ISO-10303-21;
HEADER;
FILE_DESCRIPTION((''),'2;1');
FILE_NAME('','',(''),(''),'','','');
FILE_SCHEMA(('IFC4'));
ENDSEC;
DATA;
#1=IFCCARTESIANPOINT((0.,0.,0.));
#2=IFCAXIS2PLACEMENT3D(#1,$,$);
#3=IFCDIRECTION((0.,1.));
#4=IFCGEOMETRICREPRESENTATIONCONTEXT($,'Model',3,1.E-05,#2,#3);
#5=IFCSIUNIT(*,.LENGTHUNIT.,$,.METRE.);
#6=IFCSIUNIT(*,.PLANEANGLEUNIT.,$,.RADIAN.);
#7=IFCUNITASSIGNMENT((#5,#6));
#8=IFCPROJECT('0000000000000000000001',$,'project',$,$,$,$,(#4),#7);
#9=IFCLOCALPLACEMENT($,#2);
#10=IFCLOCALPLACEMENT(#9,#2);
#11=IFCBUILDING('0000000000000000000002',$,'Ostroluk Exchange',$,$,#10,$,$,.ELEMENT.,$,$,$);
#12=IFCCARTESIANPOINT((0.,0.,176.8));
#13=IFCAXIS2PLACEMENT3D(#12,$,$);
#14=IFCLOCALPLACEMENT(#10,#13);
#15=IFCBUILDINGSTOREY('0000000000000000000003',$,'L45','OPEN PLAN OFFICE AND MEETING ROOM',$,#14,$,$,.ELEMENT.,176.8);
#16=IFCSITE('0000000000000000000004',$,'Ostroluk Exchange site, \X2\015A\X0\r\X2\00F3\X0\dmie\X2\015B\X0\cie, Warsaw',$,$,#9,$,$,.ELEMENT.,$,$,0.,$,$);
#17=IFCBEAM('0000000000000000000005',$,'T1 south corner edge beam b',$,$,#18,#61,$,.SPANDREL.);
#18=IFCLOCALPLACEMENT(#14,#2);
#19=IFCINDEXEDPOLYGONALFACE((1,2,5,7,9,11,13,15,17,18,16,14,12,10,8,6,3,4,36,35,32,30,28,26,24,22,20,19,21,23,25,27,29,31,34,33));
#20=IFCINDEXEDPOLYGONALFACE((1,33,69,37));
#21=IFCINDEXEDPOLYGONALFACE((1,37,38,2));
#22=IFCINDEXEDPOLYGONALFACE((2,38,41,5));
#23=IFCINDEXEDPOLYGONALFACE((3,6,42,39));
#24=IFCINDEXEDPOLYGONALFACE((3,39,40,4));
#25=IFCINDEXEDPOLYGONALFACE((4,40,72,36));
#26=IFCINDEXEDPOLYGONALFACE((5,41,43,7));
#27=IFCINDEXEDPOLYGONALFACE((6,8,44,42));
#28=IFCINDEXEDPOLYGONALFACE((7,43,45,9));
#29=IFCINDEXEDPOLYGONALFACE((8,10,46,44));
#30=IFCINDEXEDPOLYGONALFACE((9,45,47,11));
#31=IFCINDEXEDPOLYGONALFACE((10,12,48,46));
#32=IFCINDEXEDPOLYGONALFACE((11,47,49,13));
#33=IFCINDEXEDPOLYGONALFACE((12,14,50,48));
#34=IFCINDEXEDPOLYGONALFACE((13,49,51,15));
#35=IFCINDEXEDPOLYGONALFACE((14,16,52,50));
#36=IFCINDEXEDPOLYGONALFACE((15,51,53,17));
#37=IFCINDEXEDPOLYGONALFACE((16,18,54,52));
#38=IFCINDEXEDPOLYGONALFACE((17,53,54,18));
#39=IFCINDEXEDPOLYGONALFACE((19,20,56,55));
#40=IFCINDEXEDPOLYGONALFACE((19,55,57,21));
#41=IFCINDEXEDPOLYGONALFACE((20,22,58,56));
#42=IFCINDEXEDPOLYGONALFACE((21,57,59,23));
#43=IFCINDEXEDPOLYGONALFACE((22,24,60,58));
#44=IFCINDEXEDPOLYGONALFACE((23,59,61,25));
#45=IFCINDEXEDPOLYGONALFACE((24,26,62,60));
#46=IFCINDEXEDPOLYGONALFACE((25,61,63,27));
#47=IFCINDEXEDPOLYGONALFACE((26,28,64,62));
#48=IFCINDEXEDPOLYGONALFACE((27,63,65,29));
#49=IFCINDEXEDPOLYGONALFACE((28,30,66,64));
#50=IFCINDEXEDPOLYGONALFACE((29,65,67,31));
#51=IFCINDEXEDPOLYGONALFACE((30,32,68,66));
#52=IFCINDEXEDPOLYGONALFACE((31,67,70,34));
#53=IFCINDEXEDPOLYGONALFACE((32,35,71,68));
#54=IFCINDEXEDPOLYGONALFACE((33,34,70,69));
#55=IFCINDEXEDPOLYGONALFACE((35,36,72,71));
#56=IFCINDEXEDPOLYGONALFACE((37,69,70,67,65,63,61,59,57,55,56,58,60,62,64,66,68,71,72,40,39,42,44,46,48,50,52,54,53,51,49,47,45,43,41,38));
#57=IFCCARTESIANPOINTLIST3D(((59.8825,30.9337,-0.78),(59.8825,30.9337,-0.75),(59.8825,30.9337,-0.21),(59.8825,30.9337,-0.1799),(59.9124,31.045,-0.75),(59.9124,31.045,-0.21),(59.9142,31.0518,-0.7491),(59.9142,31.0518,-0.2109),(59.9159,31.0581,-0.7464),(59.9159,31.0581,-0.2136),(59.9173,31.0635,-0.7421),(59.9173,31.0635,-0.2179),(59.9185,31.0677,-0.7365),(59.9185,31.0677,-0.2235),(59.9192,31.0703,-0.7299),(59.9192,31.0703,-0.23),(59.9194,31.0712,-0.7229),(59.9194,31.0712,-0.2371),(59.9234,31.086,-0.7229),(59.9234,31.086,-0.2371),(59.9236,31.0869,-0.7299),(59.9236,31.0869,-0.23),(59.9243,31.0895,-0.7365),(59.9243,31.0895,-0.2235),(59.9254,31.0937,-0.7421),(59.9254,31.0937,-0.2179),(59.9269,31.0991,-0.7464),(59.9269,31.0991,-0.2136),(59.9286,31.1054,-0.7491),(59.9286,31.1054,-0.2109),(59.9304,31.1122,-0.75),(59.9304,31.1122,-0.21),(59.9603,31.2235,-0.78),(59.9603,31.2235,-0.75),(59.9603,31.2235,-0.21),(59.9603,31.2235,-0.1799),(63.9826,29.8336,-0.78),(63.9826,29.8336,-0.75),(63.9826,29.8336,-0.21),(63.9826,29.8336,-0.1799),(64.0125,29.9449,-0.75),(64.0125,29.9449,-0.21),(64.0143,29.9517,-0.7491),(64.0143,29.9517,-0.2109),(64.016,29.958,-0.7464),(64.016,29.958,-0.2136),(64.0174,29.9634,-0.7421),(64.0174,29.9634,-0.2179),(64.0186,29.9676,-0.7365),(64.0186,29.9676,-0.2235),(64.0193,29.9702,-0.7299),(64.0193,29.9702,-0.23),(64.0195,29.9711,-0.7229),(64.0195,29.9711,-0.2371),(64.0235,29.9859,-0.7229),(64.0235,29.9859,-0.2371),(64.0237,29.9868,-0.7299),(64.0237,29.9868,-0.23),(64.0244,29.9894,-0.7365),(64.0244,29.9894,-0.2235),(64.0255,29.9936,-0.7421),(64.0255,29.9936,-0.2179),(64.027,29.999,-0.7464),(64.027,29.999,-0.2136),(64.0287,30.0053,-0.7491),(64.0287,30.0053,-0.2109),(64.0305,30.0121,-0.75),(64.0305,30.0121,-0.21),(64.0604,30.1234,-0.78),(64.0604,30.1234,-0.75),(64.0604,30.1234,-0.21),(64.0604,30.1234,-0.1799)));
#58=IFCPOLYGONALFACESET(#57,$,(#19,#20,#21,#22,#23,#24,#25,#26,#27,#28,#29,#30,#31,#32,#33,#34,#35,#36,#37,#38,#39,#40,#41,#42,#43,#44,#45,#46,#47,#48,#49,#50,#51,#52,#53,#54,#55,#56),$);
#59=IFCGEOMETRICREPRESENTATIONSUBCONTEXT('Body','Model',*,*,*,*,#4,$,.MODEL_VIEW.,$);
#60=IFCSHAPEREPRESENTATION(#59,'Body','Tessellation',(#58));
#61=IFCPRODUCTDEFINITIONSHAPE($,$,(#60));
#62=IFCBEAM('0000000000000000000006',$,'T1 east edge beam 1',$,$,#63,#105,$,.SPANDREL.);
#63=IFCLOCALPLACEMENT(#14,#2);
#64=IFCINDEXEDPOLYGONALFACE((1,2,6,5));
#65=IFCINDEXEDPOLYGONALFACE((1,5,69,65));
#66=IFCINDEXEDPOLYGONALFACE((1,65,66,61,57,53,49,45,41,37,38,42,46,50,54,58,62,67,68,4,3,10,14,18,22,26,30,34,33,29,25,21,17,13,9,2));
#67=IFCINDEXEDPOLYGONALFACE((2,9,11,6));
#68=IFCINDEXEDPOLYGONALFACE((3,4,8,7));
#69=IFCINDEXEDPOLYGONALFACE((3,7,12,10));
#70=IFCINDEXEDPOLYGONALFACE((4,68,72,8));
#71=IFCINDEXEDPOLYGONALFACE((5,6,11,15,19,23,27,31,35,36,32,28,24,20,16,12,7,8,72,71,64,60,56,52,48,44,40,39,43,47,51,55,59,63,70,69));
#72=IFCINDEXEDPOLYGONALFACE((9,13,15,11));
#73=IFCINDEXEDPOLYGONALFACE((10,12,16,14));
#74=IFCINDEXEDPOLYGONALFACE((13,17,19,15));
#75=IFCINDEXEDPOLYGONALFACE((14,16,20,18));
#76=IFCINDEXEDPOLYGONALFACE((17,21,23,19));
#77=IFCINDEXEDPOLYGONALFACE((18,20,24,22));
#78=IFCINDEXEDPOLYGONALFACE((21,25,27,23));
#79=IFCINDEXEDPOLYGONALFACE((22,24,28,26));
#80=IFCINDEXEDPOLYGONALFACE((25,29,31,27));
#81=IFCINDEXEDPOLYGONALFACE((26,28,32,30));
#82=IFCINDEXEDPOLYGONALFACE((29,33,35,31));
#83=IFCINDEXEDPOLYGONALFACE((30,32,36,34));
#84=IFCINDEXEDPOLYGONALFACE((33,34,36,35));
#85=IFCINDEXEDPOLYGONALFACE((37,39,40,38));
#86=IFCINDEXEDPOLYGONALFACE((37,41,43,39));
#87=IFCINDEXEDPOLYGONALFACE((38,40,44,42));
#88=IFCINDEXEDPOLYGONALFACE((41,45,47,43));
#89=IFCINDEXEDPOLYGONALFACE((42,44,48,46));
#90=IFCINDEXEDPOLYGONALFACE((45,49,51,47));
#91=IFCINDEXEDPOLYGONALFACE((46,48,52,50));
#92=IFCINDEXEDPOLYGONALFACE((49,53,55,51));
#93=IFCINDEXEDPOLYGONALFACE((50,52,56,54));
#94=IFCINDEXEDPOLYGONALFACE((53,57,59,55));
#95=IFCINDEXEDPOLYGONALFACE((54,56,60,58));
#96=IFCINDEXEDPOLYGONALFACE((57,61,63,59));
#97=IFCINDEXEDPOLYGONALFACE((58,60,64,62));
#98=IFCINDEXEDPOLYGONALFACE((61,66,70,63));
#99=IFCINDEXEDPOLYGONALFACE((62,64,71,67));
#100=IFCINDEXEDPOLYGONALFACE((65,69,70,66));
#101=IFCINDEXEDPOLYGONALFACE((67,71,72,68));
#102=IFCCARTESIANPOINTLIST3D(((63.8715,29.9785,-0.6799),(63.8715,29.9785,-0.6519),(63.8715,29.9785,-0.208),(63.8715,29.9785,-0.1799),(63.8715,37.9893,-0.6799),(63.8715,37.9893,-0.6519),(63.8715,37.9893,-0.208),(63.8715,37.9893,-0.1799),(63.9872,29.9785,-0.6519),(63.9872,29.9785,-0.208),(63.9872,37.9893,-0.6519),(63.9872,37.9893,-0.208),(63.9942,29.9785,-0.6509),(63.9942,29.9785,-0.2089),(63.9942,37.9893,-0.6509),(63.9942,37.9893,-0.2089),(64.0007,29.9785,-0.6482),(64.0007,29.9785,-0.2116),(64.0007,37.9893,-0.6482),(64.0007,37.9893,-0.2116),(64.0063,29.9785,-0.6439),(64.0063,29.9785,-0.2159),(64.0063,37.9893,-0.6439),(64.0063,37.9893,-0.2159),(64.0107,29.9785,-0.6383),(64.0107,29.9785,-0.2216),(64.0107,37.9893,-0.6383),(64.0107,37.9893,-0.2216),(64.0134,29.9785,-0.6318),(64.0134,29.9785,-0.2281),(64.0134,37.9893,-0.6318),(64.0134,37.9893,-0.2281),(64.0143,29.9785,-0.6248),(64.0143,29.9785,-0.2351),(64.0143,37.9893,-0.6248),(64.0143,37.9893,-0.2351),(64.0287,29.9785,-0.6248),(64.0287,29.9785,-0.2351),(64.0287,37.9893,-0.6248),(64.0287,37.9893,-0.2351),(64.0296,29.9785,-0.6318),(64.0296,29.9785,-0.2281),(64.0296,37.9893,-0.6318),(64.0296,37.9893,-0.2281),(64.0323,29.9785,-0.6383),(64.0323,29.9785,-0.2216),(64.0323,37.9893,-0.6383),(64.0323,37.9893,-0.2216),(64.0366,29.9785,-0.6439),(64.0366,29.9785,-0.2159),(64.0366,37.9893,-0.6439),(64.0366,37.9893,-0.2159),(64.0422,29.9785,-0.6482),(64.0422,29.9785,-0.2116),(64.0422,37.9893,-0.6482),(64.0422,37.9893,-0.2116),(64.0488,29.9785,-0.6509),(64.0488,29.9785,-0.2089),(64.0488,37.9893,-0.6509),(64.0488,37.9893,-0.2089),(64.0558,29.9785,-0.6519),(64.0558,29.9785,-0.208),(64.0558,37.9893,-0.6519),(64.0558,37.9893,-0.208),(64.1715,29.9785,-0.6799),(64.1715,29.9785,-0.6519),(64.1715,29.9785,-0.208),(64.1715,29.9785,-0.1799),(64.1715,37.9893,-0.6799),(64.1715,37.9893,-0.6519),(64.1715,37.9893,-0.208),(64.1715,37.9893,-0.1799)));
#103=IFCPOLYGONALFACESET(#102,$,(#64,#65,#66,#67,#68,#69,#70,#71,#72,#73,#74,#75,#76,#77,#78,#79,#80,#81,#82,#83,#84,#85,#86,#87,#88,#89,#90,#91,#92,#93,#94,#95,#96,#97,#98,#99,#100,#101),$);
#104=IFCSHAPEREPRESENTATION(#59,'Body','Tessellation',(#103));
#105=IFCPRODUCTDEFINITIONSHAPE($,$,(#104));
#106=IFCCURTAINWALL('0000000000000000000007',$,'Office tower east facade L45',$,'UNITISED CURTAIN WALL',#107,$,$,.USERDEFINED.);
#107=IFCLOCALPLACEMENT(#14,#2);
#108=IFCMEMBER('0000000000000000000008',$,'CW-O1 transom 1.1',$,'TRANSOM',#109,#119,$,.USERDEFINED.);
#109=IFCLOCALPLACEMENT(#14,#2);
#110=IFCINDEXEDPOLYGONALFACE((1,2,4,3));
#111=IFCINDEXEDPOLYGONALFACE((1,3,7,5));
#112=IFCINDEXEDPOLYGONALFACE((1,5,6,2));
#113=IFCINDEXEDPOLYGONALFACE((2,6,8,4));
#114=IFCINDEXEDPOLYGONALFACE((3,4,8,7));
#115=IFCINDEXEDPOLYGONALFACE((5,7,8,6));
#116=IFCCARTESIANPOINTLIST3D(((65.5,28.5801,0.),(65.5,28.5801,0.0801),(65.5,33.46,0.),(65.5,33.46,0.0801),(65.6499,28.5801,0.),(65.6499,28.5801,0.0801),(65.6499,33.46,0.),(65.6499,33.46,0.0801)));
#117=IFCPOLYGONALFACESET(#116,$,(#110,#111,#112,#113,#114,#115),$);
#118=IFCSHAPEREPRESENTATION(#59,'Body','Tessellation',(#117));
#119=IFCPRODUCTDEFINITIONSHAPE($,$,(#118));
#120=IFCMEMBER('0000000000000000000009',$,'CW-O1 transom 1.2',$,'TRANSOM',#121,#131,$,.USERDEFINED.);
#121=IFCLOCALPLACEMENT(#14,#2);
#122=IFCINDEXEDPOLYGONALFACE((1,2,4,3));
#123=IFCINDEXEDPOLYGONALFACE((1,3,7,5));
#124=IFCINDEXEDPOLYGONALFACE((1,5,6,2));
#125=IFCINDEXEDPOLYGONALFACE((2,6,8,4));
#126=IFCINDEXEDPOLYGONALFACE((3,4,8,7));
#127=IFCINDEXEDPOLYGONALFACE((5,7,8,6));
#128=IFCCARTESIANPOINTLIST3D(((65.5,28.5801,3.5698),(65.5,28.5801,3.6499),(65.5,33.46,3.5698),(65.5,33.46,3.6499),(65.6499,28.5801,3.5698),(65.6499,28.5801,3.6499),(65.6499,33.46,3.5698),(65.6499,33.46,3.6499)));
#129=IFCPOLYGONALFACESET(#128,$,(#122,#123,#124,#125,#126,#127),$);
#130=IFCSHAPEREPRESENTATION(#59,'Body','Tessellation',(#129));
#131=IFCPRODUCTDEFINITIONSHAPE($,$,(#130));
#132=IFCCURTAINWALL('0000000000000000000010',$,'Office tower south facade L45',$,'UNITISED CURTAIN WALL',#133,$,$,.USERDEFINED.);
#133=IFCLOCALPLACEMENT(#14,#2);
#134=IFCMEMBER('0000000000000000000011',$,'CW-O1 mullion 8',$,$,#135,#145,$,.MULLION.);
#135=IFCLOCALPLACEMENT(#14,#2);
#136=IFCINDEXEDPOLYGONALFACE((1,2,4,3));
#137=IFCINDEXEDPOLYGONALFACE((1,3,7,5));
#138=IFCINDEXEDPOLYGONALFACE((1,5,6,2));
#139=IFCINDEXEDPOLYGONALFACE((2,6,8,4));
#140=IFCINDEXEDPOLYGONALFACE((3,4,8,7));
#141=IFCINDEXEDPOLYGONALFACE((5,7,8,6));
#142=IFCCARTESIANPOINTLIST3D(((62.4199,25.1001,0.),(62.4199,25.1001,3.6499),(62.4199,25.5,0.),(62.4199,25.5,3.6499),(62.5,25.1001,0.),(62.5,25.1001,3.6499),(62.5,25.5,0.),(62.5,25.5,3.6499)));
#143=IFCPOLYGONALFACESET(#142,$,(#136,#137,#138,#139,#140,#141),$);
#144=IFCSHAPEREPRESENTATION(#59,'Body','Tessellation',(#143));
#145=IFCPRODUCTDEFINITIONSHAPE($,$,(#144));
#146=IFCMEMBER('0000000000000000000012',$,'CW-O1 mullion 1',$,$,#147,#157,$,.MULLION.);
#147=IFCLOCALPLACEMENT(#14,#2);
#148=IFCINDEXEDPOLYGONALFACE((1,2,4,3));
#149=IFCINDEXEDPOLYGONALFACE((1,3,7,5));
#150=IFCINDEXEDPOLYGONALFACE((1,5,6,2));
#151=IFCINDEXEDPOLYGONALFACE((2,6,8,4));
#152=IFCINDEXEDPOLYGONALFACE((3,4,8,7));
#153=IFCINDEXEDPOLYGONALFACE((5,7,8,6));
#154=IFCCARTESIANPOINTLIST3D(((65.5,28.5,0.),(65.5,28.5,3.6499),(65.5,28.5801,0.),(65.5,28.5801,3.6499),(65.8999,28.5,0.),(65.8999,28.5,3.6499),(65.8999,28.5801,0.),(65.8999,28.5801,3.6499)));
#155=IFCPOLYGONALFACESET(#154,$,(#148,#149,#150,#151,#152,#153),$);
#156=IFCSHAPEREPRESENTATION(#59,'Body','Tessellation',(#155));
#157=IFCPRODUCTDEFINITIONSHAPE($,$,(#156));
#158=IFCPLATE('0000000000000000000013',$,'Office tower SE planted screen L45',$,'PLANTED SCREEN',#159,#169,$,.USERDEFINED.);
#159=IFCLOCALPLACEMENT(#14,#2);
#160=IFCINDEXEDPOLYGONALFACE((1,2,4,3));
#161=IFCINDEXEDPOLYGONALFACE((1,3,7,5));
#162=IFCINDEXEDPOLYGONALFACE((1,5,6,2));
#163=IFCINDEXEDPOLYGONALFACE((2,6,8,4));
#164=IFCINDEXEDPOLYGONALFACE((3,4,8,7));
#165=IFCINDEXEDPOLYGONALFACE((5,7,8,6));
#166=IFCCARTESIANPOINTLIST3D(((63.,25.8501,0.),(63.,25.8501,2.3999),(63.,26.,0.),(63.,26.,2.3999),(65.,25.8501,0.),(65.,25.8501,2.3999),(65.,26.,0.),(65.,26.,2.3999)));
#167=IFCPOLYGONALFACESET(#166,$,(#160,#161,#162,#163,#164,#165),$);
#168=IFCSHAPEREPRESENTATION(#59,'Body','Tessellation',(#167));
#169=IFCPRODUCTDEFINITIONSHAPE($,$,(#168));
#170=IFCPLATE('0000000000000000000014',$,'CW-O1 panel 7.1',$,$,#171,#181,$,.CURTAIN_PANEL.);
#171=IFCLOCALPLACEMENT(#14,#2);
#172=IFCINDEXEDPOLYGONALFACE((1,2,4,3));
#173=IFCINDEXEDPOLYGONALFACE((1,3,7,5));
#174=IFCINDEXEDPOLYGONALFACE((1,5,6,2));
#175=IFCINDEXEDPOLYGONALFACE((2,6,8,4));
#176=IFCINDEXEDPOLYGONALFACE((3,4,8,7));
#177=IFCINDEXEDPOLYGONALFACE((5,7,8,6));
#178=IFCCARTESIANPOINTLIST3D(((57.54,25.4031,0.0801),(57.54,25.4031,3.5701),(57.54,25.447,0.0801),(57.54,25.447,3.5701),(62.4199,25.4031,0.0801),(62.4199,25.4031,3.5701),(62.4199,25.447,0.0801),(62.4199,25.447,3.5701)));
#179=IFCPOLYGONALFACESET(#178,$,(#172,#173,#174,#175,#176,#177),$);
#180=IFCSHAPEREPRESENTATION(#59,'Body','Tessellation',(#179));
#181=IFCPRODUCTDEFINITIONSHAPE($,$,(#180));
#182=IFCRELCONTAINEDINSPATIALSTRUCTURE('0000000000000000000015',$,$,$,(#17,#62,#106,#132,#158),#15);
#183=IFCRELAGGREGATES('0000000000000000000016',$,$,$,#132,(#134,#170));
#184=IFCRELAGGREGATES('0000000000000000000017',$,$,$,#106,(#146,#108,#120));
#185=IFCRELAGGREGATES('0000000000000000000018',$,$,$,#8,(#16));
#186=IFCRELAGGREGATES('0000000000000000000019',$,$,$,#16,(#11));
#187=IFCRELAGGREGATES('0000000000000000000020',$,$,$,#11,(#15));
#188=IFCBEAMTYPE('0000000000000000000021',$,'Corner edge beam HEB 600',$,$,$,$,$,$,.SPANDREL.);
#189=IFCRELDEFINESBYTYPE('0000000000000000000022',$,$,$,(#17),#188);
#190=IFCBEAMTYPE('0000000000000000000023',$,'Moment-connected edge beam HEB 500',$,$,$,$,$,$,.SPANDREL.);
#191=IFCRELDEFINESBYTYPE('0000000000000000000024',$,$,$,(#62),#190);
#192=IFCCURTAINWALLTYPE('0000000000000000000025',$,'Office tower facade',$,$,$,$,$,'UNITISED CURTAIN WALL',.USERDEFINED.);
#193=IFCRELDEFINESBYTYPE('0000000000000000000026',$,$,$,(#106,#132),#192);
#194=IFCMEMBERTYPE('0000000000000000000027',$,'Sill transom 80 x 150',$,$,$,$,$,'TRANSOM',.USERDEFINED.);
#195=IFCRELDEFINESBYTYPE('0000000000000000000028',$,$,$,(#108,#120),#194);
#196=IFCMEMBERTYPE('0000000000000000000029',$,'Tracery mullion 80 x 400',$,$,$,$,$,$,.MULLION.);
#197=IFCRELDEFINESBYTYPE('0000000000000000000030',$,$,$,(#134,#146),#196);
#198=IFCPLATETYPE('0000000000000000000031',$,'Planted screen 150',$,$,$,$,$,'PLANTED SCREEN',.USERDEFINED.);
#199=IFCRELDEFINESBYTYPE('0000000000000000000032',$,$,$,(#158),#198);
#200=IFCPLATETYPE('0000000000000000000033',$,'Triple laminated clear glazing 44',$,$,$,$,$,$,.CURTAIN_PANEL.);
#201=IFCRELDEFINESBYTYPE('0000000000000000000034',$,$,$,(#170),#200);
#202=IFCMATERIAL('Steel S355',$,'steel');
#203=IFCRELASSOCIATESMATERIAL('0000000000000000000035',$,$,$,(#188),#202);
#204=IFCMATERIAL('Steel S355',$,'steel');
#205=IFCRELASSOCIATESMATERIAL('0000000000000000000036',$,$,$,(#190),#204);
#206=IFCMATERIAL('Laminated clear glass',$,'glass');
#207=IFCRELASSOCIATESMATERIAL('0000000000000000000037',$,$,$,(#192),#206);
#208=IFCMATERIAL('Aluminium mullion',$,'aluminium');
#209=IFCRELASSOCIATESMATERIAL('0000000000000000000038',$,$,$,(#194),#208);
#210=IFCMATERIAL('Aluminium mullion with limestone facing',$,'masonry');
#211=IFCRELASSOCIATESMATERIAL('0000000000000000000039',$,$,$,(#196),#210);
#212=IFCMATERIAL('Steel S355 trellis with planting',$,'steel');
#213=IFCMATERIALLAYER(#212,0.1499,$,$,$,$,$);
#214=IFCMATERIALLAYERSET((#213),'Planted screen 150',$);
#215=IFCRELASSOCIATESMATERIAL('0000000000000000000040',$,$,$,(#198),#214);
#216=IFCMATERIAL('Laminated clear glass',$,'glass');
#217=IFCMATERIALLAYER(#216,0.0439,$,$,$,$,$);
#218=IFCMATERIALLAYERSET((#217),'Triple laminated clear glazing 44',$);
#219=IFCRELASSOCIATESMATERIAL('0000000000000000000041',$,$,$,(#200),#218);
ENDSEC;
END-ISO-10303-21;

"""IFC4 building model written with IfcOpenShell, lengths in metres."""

from ifc_helpers import new_model, si_unit, direction, frame, origin, origin_2d, place, context, subcontext, project, spatial, rectangle, i_section, extrude, material, layer, layer_set, material_profile, profile_set, type_object, element, aggregate, save


model = new_model("IFC4")

# Units and contexts
model_context = context("Model", 3, precision=1e-05, world=origin(), true_north=direction((0.0, 1.0)))
body_context = subcontext(model_context, "Body", "Model", "MODEL_VIEW")
ifc_project = project(units=[si_unit("LENGTHUNIT", "METRE"), si_unit("PLANEANGLEUNIT", "RADIAN")], contexts=[model_context])

# Site, building, storey
site_placement = place(None, origin())
site = spatial("IfcSite", under=ifc_project, at=site_placement, Name="Ostroluk Exchange site, Śródmieście, Warsaw", CompositionType="ELEMENT", RefElevation=0.0)
building_placement = place(site_placement, origin())
building = spatial("IfcBuilding", under=site, at=building_placement, Name="Ostroluk Exchange", CompositionType="ELEMENT")
storey_placement = place(building_placement, frame((0.0, 0.0, 176.8)))
storey = spatial("IfcBuildingStorey", under=building, at=storey_placement, Name="L45", Description="OPEN PLAN OFFICE AND MEETING ROOM", CompositionType="ELEMENT", Elevation=176.8)

# Beams
ifc_material_1 = material(Name="Steel S355", Category="steel")
ifc_material_profile_1 = material_profile(ifc_material_1, i_section(OverallWidth=0.3, OverallDepth=0.6001, WebThickness=0.0154, FlangeThickness=0.03, FilletRadius=0.0271, at=origin_2d()), Name="HEB 600")
ifc_profile_set_1 = profile_set([ifc_material_profile_1], Name="Steel S355")
beam_type_1 = type_object("IfcBeamType", Name="Corner edge beam HEB 600", PredefinedType="SPANDREL", material=ifc_profile_set_1)
for number, where, z_axis, x_axis, name in (
    (1, (59.9214, 31.0786, -0.48), (0.965839, -0.259144, 0.0), (0.259144, 0.965839, 0.0), "T1 south corner edge beam b"),
):
    element("IfcBeam", number, at=place(storey_placement, frame(where, z_axis=z_axis, x_axis=x_axis)), inside=storey, type_object=beam_type_1, Name=name, PredefinedType="SPANDREL", context=body_context, shape_type="SweptSolid", body=[
        extrude(i_section(OverallWidth=0.3, OverallDepth=0.6001, WebThickness=0.0154, FlangeThickness=0.03, FilletRadius=0.0271, at=origin_2d()), origin(), (0.0, 0.0, 1.0), 4.2451),
    ])
ifc_material_2 = material(Name="Steel S355", Category="steel")
ifc_material_profile_2 = material_profile(ifc_material_2, i_section(OverallWidth=0.3, OverallDepth=0.5, WebThickness=0.0144, FlangeThickness=0.0281, FilletRadius=0.0271, at=origin_2d()), Name="HEB 500")
ifc_profile_set_2 = profile_set([ifc_material_profile_2], Name="Steel S355")
beam_type_2 = type_object("IfcBeamType", Name="Moment-connected edge beam HEB 500", PredefinedType="SPANDREL", material=ifc_profile_set_2)
beam_1_placement = place(storey_placement, frame((64.0215, 29.9785, -0.4299), z_axis=(0.0, 1.0, 0.0), x_axis=(-1.0, 0.0, 0.0)))
element("IfcBeam", 2, at=beam_1_placement, inside=storey, type_object=beam_type_2, Name="T1 east edge beam 1", PredefinedType="SPANDREL", context=body_context, shape_type="SweptSolid", body=[
    extrude(i_section(OverallWidth=0.3, OverallDepth=0.5, WebThickness=0.0144, FlangeThickness=0.0281, FilletRadius=0.0271, at=origin_2d()), origin(), (0.0, 0.0, 1.0), 8.0107),
])

# Curtain wall, members
ifc_material_3 = material(Name="Laminated clear glass", Category="glass")
curtain_wall_type = type_object("IfcCurtainWallType", Name="Office tower facade", ElementType="UNITISED CURTAIN WALL", PredefinedType="USERDEFINED", material=ifc_material_3)
curtain_wall_1_placement = place(storey_placement, origin())
curtain_wall_1 = element("IfcCurtainWall", 3, at=curtain_wall_1_placement, inside=storey, type_object=curtain_wall_type, Name="Office tower east facade L45", ObjectType="UNITISED CURTAIN WALL", PredefinedType="USERDEFINED")
ifc_material_4 = material(Name="Aluminium mullion", Category="aluminium")
ifc_material_profile_3 = material_profile(ifc_material_4, rectangle(XDim=0.1499, YDim=0.0801, at=origin_2d()), Name="Sill transom 80 x 150")
ifc_profile_set_3 = profile_set([ifc_material_profile_3], Name="Aluminium mullion")
member_type_1 = type_object("IfcMemberType", Name="Sill transom 80 x 150", ElementType="TRANSOM", PredefinedType="USERDEFINED", material=ifc_profile_set_3)
member_1_placement = place(storey_placement, frame((65.575, 28.5801, 0.04), z_axis=(0.0, 1.0, 0.0), x_axis=(-1.0, 0.0, 0.0)))
member_1 = element("IfcMember", 4, at=member_1_placement, type_object=member_type_1, Name="CW-O1 transom 1.1", ObjectType="TRANSOM", PredefinedType="USERDEFINED", context=body_context, shape_type="SweptSolid", body=[
    extrude(rectangle(XDim=0.1499, YDim=0.0801, at=origin_2d()), origin(), (0.0, 0.0, 1.0), 4.8799),
])
member_2_placement = place(storey_placement, frame((65.575, 28.5801, 3.6099), z_axis=(0.0, 1.0, 0.0), x_axis=(-1.0, 0.0, 0.0)))
member_2 = element("IfcMember", 5, at=member_2_placement, type_object=member_type_1, Name="CW-O1 transom 1.2", ObjectType="TRANSOM", PredefinedType="USERDEFINED", context=body_context, shape_type="SweptSolid", body=[
    extrude(rectangle(XDim=0.1499, YDim=0.0801, at=origin_2d()), origin(), (0.0, 0.0, 1.0), 4.8799),
])

# Curtain wall, member
curtain_wall_2_placement = place(storey_placement, origin())
curtain_wall_2 = element("IfcCurtainWall", 6, at=curtain_wall_2_placement, inside=storey, type_object=curtain_wall_type, Name="Office tower south facade L45", ObjectType="UNITISED CURTAIN WALL", PredefinedType="USERDEFINED")
ifc_material_5 = material(Name="Aluminium mullion with limestone facing", Category="masonry")
ifc_material_profile_4 = material_profile(ifc_material_5, rectangle(XDim=0.3999, YDim=0.0801, at=origin_2d()), Name="Tracery mullion 80 x 400")
ifc_profile_set_4 = profile_set([ifc_material_profile_4], Name="Aluminium mullion with limestone facing")
member_type_2 = type_object("IfcMemberType", Name="Tracery mullion 80 x 400", PredefinedType="MULLION", material=ifc_profile_set_4)
member_3_placement = place(storey_placement, frame((62.46, 25.3, 0.0), z_axis=(0.0, 0.0, 1.0), x_axis=(0.0, 1.0, 0.0)))
member_3 = element("IfcMember", 7, at=member_3_placement, type_object=member_type_2, Name="CW-O1 mullion 8", PredefinedType="MULLION", context=body_context, shape_type="SweptSolid", body=[
    extrude(rectangle(XDim=0.3999, YDim=0.0801, at=origin_2d()), origin(), (0.0, 0.0, 1.0), 3.6499),
])

# Member
member_4_placement = place(storey_placement, frame((65.7, 28.54, 0.0), z_axis=(0.0, 0.0, 1.0), x_axis=(-1.0, 0.0, 0.0)))
member_4 = element("IfcMember", 8, at=member_4_placement, type_object=member_type_2, Name="CW-O1 mullion 1", PredefinedType="MULLION", context=body_context, shape_type="SweptSolid", body=[
    extrude(rectangle(XDim=0.3999, YDim=0.0801, at=origin_2d()), origin(), (0.0, 0.0, 1.0), 3.6499),
])

# Plates
ifc_material_6 = material(Name="Steel S355 trellis with planting", Category="steel")
ifc_layer_1 = layer(ifc_material_6, 0.1499)
ifc_layer_set_1 = layer_set([ifc_layer_1], Name="Planted screen 150")
plate_type_1 = type_object("IfcPlateType", Name="Planted screen 150", ElementType="PLANTED SCREEN", PredefinedType="USERDEFINED", material=ifc_layer_set_1)
plate_1_placement = place(storey_placement, frame((64.0, 25.925, 0.0), z_axis=(0.0, 0.0, 1.0), x_axis=(1.0, 0.0, 0.0)))
element("IfcPlate", 9, at=plate_1_placement, inside=storey, type_object=plate_type_1, Name="Office tower SE planted screen L45", ObjectType="PLANTED SCREEN", PredefinedType="USERDEFINED", context=body_context, shape_type="SweptSolid", body=[
    extrude(rectangle(XDim=2.0, YDim=0.1499, at=origin_2d()), origin(), (0.0, 0.0, 1.0), 2.3999),
])
ifc_material_7 = material(Name="Laminated clear glass", Category="glass")
ifc_layer_2 = layer(ifc_material_7, 0.0439)
ifc_layer_set_2 = layer_set([ifc_layer_2], Name="Triple laminated clear glazing 44")
plate_type_2 = type_object("IfcPlateType", Name="Triple laminated clear glazing 44", PredefinedType="CURTAIN_PANEL", material=ifc_layer_set_2)
plate_2_placement = place(storey_placement, frame((59.98, 25.425, 0.0801), z_axis=(0.0, 0.0, 1.0), x_axis=(1.0, 0.0, 0.0)))
plate_2 = element("IfcPlate", 10, at=plate_2_placement, type_object=plate_type_2, Name="CW-O1 panel 7.1", PredefinedType="CURTAIN_PANEL", context=body_context, shape_type="SweptSolid", body=[
    extrude(rectangle(XDim=4.8799, YDim=0.0439, at=origin_2d()), origin(), (0.0, 0.0, 1.0), 3.49),
])
aggregate(curtain_wall_2, [member_3, plate_2])
aggregate(curtain_wall_1, [member_4, member_1, member_2])

save(model, "model.ifc")
